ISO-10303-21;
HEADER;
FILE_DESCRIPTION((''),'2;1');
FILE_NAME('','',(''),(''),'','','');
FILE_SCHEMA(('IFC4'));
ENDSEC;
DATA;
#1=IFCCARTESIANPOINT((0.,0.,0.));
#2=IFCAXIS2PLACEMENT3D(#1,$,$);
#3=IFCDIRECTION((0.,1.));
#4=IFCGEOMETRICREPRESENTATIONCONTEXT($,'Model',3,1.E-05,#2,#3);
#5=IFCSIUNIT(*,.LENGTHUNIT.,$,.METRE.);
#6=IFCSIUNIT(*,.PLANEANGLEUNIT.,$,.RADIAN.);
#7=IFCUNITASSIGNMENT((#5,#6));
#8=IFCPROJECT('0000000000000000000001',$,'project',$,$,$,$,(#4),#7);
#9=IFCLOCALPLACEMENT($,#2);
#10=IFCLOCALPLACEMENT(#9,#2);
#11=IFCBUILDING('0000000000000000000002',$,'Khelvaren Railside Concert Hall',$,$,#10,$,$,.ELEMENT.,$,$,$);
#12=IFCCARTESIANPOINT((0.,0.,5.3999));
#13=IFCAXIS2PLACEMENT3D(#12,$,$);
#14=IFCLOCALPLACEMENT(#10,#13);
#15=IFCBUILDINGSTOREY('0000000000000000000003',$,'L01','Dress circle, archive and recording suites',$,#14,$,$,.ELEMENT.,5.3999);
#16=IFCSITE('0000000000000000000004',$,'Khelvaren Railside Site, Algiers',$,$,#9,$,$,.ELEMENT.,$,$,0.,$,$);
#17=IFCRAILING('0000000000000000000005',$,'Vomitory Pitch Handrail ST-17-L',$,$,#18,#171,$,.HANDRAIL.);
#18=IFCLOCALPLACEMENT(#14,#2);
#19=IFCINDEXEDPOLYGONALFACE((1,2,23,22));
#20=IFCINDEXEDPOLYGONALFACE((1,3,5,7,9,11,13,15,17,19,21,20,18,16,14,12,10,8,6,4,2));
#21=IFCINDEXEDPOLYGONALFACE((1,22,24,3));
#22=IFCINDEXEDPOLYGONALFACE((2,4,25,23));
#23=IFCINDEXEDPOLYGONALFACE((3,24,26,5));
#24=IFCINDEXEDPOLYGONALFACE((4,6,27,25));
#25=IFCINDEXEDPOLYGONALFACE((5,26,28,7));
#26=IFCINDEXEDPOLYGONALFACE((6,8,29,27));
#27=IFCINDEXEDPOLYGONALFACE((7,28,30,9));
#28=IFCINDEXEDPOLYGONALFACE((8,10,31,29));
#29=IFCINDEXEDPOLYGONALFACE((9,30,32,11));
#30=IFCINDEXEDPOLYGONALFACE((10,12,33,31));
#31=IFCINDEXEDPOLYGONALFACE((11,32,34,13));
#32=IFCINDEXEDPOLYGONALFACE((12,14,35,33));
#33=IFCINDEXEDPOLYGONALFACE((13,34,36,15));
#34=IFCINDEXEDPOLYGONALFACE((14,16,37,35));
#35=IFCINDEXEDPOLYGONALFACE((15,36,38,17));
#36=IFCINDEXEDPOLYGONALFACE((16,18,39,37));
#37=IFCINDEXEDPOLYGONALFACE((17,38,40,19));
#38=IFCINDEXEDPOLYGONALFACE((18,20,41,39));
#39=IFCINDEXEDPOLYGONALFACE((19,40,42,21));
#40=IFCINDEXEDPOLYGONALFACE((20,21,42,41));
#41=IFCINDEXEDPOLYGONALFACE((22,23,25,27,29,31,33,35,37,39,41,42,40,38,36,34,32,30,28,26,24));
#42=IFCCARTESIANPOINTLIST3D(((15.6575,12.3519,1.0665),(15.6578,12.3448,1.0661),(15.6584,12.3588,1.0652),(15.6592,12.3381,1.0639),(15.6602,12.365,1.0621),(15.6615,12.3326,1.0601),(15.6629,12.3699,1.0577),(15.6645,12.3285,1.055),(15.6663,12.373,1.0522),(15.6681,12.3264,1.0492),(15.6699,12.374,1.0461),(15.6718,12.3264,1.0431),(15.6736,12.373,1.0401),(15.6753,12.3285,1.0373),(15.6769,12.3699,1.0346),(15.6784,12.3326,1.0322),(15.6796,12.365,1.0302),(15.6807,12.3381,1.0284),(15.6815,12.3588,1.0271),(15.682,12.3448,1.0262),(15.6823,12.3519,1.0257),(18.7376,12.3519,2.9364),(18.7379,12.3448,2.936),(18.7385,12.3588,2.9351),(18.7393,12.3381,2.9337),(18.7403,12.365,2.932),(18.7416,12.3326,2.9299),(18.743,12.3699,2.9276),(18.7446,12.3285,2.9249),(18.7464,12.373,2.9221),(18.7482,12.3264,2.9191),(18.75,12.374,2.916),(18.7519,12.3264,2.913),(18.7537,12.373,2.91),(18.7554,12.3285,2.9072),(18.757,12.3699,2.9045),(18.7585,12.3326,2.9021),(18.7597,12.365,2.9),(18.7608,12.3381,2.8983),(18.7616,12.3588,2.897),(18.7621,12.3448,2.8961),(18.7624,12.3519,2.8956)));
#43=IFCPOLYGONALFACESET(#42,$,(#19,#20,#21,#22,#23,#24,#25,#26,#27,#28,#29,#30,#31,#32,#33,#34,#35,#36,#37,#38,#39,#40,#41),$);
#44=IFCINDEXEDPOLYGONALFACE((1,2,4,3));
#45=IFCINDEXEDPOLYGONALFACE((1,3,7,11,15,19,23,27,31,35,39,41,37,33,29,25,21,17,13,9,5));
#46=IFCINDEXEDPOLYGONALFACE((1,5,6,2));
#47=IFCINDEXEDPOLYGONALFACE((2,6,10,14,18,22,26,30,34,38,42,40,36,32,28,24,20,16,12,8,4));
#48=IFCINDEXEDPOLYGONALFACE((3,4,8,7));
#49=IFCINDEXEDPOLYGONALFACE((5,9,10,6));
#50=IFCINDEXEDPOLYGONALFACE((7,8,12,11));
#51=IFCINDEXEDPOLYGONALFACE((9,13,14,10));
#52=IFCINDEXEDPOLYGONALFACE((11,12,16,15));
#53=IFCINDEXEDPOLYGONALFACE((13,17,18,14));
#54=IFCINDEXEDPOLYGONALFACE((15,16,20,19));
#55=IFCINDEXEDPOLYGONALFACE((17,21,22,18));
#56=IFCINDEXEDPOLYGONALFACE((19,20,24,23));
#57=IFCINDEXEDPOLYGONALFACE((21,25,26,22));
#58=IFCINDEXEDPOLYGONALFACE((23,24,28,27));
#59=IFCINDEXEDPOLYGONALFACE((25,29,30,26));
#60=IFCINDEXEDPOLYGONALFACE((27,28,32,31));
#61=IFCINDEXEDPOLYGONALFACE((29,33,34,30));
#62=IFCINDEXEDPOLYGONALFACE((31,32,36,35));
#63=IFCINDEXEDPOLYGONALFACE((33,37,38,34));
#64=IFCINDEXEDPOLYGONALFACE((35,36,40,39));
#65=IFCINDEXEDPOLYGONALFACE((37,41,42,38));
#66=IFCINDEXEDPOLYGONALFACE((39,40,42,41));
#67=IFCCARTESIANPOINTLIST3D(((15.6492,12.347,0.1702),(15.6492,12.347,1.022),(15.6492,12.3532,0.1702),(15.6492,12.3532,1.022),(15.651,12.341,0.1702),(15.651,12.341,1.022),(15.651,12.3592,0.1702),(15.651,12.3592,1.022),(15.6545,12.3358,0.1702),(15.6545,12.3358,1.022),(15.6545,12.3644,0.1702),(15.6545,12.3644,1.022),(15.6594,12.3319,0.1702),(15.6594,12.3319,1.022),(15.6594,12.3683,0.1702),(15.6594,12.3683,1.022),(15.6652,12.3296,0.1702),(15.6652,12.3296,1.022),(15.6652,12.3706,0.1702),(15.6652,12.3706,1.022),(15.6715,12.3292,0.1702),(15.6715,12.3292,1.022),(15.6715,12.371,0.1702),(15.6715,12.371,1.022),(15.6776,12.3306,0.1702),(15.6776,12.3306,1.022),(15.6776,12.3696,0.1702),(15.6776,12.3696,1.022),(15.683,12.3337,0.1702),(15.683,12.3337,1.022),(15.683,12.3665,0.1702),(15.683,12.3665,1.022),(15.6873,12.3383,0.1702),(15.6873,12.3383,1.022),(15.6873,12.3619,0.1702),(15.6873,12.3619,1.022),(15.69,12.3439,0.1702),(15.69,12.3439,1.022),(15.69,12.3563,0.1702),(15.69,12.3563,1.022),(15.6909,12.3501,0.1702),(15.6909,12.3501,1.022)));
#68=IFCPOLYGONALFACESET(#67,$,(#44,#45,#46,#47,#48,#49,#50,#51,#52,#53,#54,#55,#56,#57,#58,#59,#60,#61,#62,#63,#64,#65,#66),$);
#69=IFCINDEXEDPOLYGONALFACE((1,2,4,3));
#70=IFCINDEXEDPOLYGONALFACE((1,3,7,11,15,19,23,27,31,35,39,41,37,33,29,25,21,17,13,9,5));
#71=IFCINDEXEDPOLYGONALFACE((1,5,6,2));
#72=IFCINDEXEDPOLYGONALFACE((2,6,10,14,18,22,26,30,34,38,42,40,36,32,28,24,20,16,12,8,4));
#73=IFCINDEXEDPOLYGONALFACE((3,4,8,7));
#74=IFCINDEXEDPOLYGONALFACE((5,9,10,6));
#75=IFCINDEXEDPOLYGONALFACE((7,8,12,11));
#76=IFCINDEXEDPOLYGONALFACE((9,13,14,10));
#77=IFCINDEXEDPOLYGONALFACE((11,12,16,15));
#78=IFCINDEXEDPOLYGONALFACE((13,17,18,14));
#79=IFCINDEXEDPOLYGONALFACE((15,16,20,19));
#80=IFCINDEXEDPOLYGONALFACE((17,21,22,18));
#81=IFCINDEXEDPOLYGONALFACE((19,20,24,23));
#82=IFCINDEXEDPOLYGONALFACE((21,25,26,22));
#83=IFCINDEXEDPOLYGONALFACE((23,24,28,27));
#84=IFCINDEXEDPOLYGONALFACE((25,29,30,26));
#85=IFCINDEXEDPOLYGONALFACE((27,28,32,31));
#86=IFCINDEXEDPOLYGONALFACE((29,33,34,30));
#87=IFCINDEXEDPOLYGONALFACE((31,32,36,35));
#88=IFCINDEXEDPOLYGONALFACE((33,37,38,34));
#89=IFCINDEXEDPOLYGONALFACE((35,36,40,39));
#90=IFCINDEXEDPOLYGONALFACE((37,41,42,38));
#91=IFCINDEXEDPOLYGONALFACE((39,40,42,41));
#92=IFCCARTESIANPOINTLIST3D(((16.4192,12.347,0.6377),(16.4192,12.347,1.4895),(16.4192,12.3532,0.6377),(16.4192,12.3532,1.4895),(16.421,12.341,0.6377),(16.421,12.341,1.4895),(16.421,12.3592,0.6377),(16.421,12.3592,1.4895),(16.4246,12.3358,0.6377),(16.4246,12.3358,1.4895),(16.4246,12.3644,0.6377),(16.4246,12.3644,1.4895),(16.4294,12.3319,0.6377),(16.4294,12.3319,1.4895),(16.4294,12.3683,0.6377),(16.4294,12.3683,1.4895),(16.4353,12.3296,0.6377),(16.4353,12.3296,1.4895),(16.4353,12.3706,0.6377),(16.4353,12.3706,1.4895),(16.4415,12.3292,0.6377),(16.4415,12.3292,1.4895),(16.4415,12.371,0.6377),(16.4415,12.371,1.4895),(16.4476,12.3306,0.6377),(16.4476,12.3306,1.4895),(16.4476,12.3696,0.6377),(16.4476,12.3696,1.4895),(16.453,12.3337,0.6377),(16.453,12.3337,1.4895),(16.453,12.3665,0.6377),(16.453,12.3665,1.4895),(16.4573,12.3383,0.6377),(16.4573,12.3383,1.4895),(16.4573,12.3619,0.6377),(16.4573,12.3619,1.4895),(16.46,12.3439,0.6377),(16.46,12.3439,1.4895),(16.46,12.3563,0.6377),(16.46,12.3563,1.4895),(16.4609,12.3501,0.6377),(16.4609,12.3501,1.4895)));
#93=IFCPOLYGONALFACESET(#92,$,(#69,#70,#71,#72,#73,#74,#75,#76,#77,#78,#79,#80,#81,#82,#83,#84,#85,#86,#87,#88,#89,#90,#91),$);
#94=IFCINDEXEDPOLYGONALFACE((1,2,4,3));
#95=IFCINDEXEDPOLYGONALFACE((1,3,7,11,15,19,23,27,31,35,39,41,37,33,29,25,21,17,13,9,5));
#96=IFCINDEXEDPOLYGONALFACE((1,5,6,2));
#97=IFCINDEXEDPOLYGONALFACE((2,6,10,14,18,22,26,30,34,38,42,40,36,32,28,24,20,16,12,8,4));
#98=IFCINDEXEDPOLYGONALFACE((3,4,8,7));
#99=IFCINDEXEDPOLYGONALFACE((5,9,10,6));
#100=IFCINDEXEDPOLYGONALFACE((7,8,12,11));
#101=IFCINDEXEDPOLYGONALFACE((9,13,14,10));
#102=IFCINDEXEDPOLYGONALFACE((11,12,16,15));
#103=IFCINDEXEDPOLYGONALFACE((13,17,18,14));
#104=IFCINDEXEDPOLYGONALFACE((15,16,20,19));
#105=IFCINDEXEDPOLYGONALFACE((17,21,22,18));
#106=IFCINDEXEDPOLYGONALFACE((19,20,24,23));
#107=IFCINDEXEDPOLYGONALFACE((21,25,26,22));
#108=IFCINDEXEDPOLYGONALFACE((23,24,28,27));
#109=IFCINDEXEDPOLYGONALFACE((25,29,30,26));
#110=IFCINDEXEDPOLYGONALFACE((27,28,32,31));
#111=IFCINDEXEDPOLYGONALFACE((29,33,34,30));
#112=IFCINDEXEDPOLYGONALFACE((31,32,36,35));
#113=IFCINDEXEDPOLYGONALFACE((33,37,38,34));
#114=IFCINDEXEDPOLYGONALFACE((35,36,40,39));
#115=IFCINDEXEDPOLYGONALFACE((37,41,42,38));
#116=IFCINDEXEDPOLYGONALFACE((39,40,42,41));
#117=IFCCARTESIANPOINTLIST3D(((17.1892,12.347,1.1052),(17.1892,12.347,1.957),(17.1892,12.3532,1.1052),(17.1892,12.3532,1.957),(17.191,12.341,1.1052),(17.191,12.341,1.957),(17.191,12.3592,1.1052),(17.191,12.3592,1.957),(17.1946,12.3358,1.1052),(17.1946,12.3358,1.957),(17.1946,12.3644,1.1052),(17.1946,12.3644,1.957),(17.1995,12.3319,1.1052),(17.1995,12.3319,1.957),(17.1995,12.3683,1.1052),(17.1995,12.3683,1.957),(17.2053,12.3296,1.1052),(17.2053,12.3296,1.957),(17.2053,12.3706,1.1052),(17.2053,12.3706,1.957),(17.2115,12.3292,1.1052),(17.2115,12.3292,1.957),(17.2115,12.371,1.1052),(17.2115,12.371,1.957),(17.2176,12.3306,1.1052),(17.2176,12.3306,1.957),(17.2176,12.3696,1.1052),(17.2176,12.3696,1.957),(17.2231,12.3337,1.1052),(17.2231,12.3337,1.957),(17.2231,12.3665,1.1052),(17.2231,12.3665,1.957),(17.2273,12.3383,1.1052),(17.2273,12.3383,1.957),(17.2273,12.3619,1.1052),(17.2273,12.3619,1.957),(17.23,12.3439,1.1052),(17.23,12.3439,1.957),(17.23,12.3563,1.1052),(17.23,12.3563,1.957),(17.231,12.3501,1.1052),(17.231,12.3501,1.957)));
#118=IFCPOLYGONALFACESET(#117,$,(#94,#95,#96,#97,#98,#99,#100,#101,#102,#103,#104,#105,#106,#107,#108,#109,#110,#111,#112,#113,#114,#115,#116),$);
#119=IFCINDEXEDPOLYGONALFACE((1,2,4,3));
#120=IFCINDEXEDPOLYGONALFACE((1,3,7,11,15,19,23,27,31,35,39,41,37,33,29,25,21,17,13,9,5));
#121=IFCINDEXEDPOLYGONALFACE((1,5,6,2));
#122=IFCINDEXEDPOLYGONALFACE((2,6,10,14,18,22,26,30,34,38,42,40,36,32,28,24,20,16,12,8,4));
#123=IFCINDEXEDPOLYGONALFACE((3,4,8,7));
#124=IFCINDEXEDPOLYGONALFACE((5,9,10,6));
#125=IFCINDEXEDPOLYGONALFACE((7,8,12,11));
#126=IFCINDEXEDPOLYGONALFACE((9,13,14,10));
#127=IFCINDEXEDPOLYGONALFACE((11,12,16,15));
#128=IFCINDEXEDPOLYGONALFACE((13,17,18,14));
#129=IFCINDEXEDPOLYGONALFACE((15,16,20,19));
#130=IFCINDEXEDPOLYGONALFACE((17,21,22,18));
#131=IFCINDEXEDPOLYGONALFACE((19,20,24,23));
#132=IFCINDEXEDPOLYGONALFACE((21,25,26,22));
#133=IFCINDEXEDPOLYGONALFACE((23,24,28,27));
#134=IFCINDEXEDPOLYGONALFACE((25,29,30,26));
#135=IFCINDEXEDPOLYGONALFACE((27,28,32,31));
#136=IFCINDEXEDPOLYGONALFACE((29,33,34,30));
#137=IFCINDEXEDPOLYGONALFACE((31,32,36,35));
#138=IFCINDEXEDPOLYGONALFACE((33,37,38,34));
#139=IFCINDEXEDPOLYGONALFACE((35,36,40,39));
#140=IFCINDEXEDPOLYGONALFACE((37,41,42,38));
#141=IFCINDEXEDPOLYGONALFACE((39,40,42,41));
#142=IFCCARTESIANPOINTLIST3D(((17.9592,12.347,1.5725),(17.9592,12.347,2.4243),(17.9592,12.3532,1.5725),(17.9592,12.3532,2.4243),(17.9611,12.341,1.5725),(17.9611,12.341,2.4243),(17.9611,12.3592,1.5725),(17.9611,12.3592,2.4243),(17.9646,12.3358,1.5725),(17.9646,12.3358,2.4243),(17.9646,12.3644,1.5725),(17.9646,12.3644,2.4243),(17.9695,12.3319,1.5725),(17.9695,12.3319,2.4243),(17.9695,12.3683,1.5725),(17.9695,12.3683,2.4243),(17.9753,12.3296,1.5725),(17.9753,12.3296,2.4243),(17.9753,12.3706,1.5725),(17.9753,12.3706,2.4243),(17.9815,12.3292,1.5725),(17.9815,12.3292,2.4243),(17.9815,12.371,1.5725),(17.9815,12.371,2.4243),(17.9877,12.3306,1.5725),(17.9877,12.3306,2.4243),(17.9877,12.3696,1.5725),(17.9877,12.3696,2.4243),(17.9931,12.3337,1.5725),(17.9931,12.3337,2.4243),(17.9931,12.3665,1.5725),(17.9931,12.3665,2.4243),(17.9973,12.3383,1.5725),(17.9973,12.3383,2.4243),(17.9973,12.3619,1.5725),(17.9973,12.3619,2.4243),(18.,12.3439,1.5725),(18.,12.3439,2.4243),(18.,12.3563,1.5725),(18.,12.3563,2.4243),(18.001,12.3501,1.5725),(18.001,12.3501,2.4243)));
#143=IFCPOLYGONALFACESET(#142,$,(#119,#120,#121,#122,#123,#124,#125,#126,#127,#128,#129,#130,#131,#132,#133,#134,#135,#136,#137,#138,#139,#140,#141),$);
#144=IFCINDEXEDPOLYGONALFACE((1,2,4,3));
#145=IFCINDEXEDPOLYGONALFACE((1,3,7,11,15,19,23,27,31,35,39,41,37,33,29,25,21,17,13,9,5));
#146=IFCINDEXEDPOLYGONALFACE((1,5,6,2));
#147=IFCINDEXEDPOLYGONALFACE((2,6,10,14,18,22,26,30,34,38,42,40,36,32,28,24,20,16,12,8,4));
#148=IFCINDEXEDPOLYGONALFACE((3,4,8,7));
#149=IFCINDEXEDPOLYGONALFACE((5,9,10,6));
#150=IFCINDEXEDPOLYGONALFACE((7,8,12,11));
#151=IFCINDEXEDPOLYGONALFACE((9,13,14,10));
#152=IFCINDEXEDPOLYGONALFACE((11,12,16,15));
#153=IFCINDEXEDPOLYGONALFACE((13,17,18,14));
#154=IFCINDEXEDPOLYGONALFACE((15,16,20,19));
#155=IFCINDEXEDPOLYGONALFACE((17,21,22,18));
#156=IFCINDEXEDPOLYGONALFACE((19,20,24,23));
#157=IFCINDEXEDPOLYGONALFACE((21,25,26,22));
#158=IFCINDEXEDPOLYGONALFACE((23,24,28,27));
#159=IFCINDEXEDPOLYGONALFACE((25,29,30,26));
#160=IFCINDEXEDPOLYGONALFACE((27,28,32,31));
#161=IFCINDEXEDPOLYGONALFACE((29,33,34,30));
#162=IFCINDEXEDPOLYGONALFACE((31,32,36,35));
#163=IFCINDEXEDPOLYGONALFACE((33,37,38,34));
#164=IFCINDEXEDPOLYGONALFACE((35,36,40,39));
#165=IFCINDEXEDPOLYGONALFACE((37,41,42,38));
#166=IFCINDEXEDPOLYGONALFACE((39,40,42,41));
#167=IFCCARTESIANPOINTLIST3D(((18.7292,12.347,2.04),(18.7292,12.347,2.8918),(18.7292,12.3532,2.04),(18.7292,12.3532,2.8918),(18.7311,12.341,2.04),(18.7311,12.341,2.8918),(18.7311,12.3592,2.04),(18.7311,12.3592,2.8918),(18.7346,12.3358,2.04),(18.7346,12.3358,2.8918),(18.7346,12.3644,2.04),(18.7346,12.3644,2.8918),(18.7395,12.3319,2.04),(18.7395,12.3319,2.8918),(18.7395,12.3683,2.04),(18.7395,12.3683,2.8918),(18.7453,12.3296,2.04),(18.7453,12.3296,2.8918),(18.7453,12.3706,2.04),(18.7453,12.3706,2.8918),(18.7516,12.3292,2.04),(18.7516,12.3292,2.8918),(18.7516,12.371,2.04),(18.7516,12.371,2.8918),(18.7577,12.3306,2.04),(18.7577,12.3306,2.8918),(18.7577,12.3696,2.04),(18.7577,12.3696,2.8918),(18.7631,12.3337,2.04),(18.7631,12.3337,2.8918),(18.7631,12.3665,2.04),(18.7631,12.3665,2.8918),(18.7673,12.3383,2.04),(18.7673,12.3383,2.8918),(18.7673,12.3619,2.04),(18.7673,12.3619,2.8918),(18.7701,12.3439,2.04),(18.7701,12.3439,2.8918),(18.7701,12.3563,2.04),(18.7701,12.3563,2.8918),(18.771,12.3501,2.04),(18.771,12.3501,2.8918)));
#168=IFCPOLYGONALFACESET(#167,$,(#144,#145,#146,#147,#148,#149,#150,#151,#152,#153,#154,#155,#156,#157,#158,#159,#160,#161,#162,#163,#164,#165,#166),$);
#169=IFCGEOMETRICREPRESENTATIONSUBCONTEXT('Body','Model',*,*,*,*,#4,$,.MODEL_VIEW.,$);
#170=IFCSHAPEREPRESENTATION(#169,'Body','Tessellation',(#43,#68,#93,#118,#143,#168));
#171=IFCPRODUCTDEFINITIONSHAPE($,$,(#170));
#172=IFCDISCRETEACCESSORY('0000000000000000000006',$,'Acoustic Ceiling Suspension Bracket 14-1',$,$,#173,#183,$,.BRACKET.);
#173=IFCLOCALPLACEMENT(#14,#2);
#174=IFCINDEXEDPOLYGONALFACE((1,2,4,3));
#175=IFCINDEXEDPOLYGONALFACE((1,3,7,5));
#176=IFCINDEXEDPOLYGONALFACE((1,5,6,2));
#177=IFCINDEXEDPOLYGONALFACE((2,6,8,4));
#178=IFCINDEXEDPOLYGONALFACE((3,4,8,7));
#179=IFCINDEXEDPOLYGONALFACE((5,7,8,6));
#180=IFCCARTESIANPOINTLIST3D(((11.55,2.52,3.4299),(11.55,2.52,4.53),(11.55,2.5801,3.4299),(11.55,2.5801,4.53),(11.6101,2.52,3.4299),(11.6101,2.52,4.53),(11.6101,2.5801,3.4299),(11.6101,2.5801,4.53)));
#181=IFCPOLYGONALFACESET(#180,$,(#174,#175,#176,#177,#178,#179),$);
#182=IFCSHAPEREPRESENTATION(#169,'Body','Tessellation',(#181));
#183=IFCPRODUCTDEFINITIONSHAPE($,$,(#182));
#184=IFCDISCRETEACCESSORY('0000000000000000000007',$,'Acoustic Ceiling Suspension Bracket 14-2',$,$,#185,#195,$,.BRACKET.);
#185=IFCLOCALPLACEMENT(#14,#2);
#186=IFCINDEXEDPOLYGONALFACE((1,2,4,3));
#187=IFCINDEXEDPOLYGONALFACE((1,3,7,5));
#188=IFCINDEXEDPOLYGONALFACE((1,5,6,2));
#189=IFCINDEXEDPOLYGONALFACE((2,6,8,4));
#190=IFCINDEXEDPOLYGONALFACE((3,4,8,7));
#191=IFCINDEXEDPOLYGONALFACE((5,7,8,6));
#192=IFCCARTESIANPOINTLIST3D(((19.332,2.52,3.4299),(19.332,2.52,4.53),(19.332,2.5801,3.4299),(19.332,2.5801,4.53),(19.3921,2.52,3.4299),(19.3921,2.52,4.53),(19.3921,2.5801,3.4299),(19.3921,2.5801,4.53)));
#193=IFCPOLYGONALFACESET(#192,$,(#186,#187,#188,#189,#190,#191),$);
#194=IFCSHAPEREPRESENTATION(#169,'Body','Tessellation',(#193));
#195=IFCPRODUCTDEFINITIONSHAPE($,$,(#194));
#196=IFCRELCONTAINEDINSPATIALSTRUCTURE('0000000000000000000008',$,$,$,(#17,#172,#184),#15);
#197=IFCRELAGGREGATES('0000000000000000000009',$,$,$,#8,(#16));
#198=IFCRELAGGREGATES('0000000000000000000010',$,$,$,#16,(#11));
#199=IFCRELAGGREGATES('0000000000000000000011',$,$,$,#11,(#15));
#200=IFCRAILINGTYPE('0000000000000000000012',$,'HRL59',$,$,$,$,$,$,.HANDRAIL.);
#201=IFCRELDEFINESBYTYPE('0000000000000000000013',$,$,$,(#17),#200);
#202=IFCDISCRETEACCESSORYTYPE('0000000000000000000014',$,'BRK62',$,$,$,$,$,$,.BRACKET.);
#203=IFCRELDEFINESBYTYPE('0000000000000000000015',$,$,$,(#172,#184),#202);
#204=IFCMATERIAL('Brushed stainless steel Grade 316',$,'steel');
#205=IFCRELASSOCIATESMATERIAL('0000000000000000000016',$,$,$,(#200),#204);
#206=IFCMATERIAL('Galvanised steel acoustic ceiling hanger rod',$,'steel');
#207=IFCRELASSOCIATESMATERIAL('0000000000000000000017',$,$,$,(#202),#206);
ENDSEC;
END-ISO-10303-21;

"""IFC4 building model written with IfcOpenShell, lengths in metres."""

from ifc_helpers import new_model, si_unit, direction, frame, origin, origin_2d, place, context, subcontext, project, spatial, rectangle, circle, extrude, material, type_object, element, save


model = new_model("IFC4")

# Units and contexts
model_context = context("Model", 3, precision=1e-05, world=origin(), true_north=direction((0.0, 1.0)))
body_context = subcontext(model_context, "Body", "Model", "MODEL_VIEW")
ifc_project = project(units=[si_unit("LENGTHUNIT", "METRE"), si_unit("PLANEANGLEUNIT", "RADIAN")], contexts=[model_context])

# Site, building, storey
site_placement = place(None, origin())
site = spatial("IfcSite", under=ifc_project, at=site_placement, Name="Khelvaren Railside Site, Algiers", CompositionType="ELEMENT", RefElevation=0.0)
building_placement = place(site_placement, origin())
building = spatial("IfcBuilding", under=site, at=building_placement, Name="Khelvaren Railside Concert Hall", CompositionType="ELEMENT")
storey_placement = place(building_placement, frame((0.0, 0.0, 5.3999)))
storey = spatial("IfcBuildingStorey", under=building, at=storey_placement, Name="L01", Description="Dress circle, archive and recording suites", CompositionType="ELEMENT", Elevation=5.3999)

# Railing
ifc_material_1 = material(Name="Brushed stainless steel Grade 316", Category="steel")
railing_type_1 = type_object("IfcRailingType", Name="HRL59", PredefinedType="HANDRAIL", material=ifc_material_1)
railing_1_placement = place(storey_placement, frame((15.6699, 12.3501, 0.1702)))
element("IfcRailing", 1, at=railing_1_placement, inside=storey, type_object=railing_type_1, Name="Vomitory Pitch Handrail ST-17-L", PredefinedType="HANDRAIL", context=body_context, shape_type="SweptSolid", body=[
    extrude(circle(Radius=0.0239, at=origin_2d()), frame((0.0, 0.0, 0.876), z_axis=(0.854809, 0.0, 0.518943), x_axis=(0.0, 1.0, 0.0)), (0.0, 0.0, 1.0), 3.6033),
    extrude(circle(Radius=0.021, at=origin_2d()), origin(), (0.0, 0.0, 1.0), 0.8518),
    extrude(circle(Radius=0.021, at=origin_2d()), frame((0.77, 0.0, 0.4675)), (0.0, 0.0, 1.0), 0.8518),
    extrude(circle(Radius=0.021, at=origin_2d()), frame((1.54, 0.0, 0.9351)), (0.0, 0.0, 1.0), 0.8518),
    extrude(circle(Radius=0.021, at=origin_2d()), frame((2.3101, 0.0, 1.4023)), (0.0, 0.0, 1.0), 0.8518),
    extrude(circle(Radius=0.021, at=origin_2d()), frame((3.0801, 0.0, 1.8699)), (0.0, 0.0, 1.0), 0.8518),
])

# Discrete accessories
ifc_material_2 = material(Name="Galvanised steel acoustic ceiling hanger rod", Category="steel")
discrete_accessory_type = type_object("IfcDiscreteAccessoryType", Name="BRK62", PredefinedType="BRACKET", material=ifc_material_2)
for number, where, z_axis, x_axis, name in (
    (2, (11.5801, 2.55, 3.4299), (0.0, 0.0, 1.0), (1.0, 0.0, 0.0), "Acoustic Ceiling Suspension Bracket 14-1"),
    (3, (19.3621, 2.55, 3.4299), (0.0, 0.0, 1.0), (1.0, 0.0, 0.0), "Acoustic Ceiling Suspension Bracket 14-2"),
):
    element("IfcDiscreteAccessory", number, at=place(storey_placement, frame(where, z_axis=z_axis, x_axis=x_axis)), inside=storey, type_object=discrete_accessory_type, Name=name, PredefinedType="BRACKET", context=body_context, shape_type="SweptSolid", body=[
        extrude(rectangle(XDim=0.0601, YDim=0.0601, at=origin_2d()), origin(), (0.0, 0.0, 1.0), 1.1001),
    ])

save(model, "model.ifc")
